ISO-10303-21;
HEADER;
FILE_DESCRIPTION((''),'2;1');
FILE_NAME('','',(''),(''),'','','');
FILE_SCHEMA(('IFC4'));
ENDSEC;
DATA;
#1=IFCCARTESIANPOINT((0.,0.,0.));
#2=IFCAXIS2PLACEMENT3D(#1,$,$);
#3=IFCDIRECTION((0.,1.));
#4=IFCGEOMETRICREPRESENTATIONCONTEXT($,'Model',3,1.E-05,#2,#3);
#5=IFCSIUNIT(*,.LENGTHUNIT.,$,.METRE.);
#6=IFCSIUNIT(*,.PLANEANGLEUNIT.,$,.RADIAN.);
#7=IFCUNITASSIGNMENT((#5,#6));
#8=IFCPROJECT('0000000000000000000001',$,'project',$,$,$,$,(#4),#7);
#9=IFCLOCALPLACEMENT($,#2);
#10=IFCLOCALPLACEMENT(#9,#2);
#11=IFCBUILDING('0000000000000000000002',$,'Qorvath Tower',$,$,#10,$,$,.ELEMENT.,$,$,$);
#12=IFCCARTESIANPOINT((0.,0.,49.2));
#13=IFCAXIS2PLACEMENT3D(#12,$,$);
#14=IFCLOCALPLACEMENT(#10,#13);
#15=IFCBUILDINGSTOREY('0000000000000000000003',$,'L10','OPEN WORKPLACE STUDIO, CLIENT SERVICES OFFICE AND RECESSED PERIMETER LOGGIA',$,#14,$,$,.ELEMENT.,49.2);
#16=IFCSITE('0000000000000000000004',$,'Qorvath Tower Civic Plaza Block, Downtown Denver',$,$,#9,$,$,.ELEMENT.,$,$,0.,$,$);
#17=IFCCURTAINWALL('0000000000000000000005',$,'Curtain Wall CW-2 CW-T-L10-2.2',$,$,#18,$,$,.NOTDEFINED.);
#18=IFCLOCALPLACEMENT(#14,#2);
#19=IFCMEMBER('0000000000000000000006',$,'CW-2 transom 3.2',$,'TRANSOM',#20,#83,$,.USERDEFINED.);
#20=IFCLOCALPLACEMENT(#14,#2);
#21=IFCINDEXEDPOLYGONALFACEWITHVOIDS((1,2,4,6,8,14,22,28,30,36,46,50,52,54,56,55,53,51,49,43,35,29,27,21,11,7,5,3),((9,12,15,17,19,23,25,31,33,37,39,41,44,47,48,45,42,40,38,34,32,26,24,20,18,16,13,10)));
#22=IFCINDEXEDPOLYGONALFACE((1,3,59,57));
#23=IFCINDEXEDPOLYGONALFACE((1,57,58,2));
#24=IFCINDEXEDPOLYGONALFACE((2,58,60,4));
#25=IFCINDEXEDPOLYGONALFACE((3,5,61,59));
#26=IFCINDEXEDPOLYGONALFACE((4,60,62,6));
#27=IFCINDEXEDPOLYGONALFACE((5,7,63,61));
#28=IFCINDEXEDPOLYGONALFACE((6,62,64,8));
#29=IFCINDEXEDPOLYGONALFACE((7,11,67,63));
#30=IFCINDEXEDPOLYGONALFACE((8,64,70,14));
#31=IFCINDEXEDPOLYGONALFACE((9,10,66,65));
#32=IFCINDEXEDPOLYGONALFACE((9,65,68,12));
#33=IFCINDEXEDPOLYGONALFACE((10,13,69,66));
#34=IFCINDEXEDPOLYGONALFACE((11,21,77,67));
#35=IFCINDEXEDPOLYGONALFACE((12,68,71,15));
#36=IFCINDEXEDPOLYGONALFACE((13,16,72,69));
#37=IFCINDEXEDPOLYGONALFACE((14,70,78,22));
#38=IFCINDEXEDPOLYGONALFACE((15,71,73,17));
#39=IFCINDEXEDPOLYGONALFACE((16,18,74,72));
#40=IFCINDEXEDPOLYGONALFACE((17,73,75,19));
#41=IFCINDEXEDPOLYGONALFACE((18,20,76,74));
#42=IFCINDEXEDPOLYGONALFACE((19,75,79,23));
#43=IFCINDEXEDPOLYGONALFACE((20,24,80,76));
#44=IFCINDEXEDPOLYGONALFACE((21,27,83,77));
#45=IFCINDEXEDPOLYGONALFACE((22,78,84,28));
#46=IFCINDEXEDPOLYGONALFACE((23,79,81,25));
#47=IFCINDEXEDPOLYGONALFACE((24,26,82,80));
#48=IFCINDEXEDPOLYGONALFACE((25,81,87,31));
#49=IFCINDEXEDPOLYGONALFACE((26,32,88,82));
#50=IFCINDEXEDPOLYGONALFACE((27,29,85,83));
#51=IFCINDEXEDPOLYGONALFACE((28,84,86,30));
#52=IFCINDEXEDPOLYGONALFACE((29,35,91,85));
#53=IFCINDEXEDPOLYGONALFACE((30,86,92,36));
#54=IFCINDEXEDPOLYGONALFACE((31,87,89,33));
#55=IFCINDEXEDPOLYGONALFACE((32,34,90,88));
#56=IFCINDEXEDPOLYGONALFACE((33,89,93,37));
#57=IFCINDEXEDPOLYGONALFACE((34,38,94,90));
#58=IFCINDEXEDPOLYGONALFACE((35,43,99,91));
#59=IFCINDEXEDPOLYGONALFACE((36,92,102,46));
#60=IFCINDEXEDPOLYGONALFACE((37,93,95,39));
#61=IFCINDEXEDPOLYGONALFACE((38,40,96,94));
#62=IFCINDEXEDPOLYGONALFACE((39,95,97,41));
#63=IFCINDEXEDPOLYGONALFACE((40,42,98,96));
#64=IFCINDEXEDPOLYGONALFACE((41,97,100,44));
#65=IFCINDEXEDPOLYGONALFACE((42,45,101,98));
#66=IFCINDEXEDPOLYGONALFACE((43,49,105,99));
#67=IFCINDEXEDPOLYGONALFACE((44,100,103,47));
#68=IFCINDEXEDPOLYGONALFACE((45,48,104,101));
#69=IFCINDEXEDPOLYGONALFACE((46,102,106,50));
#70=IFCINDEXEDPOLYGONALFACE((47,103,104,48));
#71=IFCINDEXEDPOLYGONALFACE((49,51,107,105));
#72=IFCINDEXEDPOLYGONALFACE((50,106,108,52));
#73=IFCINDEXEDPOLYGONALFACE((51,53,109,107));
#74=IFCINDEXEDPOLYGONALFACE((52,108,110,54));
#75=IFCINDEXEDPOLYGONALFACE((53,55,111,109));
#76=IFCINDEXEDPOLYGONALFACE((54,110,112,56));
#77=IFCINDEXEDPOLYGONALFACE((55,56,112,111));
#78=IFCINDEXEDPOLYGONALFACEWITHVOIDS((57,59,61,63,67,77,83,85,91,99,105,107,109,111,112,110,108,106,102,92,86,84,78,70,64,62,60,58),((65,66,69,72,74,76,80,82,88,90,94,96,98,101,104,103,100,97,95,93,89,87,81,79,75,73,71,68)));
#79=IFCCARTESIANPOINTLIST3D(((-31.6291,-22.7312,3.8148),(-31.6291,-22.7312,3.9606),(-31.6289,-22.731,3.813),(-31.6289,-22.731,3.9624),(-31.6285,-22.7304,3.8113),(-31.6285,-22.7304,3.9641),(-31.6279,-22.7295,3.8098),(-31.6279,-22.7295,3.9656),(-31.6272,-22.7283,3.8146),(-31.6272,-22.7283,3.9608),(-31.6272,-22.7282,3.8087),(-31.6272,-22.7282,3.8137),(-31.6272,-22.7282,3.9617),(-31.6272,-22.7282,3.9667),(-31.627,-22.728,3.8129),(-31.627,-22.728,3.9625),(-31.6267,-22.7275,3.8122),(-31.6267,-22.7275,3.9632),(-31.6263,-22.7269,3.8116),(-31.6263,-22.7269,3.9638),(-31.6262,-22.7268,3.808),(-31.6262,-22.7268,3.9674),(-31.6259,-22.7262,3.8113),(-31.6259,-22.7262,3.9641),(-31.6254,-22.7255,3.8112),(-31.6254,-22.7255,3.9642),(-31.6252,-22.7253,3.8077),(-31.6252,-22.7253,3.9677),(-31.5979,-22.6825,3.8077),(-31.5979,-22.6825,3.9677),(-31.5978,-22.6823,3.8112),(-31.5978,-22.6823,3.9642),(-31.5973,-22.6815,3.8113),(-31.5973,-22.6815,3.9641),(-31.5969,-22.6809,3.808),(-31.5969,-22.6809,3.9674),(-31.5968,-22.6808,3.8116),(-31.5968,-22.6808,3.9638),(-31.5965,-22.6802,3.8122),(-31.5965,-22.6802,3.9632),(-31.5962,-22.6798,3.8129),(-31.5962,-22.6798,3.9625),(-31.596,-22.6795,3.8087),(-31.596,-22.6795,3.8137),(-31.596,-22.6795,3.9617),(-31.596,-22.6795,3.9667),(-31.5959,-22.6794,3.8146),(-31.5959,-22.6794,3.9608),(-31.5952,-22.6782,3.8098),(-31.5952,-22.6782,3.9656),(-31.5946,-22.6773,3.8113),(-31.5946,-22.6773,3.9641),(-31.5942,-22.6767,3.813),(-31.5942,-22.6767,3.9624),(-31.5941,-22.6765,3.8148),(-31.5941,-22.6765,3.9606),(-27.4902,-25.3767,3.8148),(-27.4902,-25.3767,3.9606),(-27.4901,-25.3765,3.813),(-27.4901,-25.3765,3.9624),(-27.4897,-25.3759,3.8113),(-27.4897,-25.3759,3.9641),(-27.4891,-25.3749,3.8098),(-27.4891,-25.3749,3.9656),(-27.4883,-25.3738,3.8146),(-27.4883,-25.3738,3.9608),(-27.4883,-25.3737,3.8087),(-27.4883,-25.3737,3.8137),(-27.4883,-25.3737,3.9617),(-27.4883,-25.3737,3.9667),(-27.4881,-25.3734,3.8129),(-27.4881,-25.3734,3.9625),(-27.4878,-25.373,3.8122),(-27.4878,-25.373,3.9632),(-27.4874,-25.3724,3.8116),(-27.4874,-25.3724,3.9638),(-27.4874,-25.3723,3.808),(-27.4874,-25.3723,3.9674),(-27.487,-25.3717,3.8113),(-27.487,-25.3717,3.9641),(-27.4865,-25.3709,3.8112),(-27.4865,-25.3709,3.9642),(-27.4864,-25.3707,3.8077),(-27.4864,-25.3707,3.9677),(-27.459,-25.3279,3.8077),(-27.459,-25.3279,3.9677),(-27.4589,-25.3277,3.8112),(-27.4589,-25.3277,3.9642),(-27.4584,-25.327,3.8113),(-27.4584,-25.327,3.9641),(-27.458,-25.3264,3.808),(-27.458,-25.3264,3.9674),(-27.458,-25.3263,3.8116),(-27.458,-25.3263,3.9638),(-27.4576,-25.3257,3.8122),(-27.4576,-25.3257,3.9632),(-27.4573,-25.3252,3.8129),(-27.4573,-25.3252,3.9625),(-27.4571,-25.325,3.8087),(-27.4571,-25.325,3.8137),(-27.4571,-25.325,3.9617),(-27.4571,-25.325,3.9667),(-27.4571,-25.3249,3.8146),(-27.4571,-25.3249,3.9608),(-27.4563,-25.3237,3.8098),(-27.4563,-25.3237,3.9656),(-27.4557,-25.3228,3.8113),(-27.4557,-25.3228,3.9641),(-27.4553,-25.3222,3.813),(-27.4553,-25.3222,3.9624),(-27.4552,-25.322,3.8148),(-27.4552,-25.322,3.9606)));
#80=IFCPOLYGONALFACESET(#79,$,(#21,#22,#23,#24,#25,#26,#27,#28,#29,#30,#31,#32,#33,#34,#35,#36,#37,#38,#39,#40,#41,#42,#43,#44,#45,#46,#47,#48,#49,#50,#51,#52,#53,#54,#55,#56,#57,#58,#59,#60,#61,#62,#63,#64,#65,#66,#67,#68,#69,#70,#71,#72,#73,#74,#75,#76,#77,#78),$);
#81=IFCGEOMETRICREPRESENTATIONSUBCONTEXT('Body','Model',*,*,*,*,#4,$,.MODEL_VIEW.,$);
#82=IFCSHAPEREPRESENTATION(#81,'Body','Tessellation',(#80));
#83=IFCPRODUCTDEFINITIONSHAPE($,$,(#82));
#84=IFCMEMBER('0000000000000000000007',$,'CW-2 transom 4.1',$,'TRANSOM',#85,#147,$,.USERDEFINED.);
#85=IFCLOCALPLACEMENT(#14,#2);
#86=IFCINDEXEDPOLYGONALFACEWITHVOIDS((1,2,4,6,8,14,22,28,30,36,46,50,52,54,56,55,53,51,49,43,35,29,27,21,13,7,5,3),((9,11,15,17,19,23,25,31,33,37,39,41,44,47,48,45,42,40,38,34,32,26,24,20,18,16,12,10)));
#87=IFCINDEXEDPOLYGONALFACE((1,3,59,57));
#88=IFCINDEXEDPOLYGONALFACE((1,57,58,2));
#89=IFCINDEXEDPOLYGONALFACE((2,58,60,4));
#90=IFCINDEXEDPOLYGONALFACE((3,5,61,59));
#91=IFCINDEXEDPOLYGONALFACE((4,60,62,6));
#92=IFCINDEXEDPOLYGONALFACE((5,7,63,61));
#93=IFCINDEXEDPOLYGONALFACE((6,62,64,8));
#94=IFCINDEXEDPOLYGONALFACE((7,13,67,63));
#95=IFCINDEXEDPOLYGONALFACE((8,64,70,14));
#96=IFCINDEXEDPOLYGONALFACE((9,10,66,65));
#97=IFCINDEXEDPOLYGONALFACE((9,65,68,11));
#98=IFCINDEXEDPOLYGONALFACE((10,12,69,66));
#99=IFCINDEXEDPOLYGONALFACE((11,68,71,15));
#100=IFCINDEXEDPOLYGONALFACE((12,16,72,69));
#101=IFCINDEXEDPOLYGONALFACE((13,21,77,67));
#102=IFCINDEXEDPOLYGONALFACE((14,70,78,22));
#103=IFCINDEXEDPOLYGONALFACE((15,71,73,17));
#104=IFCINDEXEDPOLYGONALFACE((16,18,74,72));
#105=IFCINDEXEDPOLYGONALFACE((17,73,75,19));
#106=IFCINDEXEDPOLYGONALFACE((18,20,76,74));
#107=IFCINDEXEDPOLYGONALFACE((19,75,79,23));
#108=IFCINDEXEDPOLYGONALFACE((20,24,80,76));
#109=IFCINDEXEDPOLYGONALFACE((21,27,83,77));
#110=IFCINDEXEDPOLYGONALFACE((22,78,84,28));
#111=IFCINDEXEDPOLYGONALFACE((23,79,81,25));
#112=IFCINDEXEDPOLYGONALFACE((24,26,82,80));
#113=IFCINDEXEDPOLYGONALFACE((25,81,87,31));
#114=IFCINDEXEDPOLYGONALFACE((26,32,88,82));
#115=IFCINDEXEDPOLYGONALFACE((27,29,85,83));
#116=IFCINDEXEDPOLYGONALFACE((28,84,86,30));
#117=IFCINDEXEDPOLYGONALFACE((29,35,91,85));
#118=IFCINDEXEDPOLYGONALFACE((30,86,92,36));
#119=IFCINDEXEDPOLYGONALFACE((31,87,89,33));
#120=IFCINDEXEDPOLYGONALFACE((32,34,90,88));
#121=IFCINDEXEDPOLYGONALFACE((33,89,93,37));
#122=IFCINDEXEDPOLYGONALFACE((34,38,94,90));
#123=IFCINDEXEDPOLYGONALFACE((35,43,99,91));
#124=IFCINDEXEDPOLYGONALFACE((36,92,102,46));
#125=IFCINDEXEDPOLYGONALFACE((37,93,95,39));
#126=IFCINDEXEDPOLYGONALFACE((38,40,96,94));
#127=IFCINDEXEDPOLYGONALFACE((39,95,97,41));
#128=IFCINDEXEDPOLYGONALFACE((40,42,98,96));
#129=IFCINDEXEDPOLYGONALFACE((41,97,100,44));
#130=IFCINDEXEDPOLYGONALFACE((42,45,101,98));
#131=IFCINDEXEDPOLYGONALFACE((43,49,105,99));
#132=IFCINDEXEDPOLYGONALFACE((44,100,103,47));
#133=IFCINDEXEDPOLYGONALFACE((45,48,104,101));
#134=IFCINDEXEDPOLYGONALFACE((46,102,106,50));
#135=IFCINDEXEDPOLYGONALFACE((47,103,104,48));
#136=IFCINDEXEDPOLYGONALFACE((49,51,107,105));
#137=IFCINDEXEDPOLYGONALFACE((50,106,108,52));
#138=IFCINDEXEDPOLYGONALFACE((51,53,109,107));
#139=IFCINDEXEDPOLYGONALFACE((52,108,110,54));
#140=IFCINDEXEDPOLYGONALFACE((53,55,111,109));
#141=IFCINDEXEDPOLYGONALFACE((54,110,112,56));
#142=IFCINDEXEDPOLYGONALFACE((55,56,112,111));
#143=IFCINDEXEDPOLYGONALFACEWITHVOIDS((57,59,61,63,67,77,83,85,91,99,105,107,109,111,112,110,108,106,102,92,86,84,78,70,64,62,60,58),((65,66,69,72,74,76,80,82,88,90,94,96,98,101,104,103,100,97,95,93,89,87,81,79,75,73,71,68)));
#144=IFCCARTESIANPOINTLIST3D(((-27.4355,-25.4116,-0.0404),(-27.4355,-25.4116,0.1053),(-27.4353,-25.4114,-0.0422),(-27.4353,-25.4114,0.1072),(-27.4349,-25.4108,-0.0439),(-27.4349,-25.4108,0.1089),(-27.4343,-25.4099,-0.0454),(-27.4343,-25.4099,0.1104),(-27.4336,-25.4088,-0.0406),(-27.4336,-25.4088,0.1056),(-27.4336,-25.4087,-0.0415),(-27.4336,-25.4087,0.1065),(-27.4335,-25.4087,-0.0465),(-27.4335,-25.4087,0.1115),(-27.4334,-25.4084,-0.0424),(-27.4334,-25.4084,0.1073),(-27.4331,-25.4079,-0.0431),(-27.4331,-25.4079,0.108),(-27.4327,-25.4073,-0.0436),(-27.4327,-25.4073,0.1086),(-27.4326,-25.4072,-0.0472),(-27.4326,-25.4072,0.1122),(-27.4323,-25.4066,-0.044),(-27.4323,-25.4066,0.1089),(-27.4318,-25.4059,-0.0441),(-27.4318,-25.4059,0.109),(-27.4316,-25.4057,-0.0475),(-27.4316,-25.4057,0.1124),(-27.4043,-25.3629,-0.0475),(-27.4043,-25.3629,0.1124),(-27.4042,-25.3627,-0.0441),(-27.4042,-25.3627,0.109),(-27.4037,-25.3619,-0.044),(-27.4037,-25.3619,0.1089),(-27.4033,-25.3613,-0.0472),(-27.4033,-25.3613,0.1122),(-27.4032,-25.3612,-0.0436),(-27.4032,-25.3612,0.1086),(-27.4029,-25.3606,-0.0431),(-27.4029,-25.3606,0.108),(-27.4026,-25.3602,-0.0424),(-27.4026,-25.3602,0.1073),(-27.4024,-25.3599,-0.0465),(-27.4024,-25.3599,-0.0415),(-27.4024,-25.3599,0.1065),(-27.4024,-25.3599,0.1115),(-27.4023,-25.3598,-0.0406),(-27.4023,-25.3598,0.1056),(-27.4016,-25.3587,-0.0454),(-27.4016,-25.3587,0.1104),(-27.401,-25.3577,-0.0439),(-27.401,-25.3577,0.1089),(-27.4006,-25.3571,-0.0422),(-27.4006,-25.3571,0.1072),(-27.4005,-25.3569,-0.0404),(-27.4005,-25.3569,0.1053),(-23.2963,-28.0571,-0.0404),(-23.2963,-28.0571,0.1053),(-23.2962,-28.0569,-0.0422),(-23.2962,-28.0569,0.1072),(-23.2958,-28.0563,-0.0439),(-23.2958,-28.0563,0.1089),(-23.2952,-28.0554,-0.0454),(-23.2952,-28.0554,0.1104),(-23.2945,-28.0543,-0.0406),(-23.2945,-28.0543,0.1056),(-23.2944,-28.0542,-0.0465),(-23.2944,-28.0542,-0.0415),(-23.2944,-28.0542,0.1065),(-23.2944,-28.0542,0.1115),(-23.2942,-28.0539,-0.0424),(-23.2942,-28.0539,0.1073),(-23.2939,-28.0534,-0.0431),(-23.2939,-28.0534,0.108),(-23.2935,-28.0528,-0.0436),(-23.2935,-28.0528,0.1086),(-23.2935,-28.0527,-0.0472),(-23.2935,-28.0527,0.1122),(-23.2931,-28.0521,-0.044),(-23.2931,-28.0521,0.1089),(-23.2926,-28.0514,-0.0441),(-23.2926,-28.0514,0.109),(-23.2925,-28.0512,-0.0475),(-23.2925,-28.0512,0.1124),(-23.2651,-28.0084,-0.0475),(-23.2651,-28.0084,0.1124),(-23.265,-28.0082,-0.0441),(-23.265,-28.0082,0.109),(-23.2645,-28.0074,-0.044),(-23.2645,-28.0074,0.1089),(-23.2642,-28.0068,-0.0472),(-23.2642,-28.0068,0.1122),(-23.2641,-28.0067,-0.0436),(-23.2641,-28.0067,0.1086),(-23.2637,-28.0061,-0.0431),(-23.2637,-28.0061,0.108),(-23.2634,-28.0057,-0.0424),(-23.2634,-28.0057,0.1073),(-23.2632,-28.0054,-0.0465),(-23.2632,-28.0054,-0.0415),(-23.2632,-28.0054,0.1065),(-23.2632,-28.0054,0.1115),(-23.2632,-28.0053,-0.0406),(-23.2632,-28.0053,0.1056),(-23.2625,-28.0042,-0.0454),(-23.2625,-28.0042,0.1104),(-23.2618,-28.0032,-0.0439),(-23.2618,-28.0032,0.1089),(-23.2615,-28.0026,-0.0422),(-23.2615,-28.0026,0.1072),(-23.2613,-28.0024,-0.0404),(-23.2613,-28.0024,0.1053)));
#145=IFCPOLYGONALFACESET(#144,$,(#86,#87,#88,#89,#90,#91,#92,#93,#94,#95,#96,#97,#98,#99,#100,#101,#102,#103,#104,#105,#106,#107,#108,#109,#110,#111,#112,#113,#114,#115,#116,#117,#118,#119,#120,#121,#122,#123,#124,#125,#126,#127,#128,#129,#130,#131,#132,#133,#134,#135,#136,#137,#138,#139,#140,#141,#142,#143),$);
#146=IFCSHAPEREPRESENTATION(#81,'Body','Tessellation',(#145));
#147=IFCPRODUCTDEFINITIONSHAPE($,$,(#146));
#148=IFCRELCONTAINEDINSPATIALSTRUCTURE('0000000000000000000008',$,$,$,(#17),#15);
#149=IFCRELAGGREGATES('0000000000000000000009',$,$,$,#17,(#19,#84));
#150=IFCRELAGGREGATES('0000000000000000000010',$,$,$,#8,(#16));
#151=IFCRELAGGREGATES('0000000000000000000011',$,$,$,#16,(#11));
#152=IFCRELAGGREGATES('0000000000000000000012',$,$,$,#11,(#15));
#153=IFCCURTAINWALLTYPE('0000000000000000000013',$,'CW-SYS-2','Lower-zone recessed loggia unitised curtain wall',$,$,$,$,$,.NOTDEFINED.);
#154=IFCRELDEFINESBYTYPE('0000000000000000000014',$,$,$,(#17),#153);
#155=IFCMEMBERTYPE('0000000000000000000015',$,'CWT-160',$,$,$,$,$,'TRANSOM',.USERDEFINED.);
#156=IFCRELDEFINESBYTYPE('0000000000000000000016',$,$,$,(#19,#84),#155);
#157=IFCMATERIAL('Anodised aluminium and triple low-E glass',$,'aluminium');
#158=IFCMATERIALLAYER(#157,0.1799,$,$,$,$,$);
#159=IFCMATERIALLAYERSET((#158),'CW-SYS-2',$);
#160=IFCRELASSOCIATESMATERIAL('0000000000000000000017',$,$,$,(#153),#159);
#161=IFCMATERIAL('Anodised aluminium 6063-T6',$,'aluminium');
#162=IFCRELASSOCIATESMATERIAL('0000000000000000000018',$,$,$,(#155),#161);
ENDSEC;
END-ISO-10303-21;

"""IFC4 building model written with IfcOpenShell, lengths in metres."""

from ifc_helpers import new_model, si_unit, direction, frame, origin, origin_2d, place, context, subcontext, project, spatial, hollow_rectangle, extrude, material, layer, layer_set, material_profile, profile_set, type_object, element, aggregate, save


model = new_model("IFC4")

# Units and contexts
model_context = context("Model", 3, precision=1e-05, world=origin(), true_north=direction((0.0, 1.0)))
body_context = subcontext(model_context, "Body", "Model", "MODEL_VIEW")
ifc_project = project(units=[si_unit("LENGTHUNIT", "METRE"), si_unit("PLANEANGLEUNIT", "RADIAN")], contexts=[model_context])

# Site, building, storey
site_placement = place(None, origin())
site = spatial("IfcSite", under=ifc_project, at=site_placement, Name="Qorvath Tower Civic Plaza Block, Downtown Denver", CompositionType="ELEMENT", RefElevation=0.0)
building_placement = place(site_placement, origin())
building = spatial("IfcBuilding", under=site, at=building_placement, Name="Qorvath Tower", CompositionType="ELEMENT")
storey_placement = place(building_placement, frame((0.0, 0.0, 49.2)))
storey = spatial("IfcBuildingStorey", under=building, at=storey_placement, Name="L10", Description="OPEN WORKPLACE STUDIO, CLIENT SERVICES OFFICE AND RECESSED PERIMETER LOGGIA", CompositionType="ELEMENT", Elevation=49.2)

# Curtain wall, members
ifc_material_1 = material(Name="Anodised aluminium and triple low-E glass", Category="aluminium")
ifc_layer_1 = layer(ifc_material_1, 0.1799)
ifc_layer_set_1 = layer_set([ifc_layer_1], Name="CW-SYS-2")
curtain_wall_type = type_object("IfcCurtainWallType", Name="CW-SYS-2", Description="Lower-zone recessed loggia unitised curtain wall", PredefinedType="NOTDEFINED", material=ifc_layer_set_1)
curtain_wall_placement = place(storey_placement, origin())
curtain_wall = element("IfcCurtainWall", 1, at=curtain_wall_placement, inside=storey, type_object=curtain_wall_type, Name="Curtain Wall CW-2 CW-T-L10-2.2", PredefinedType="NOTDEFINED")
ifc_material_2 = material(Name="Anodised aluminium 6063-T6", Category="aluminium")
ifc_material_profile_1 = material_profile(ifc_material_2, hollow_rectangle(XDim=0.0649, YDim=0.1599, WallThickness=0.0034, InnerFilletRadius=0.0034, OuterFilletRadius=0.0071, at=origin_2d()), Name="CWT 160x65")
ifc_profile_set_1 = profile_set([ifc_material_profile_1], Name="Anodised aluminium 6063-T6")
member_type_1 = type_object("IfcMemberType", Name="CWT-160", ElementType="TRANSOM", PredefinedType="USERDEFINED", material=ifc_profile_set_1)
member_1_placement = place(storey_placement, frame((-31.6116, -22.7039, 3.8877), z_axis=(0.842585, -0.538563, 0.0), x_axis=(0.538563, 0.842585, 0.0)))
member_1 = element("IfcMember", 2, at=member_1_placement, type_object=member_type_1, Name="CW-2 transom 3.2", ObjectType="TRANSOM", PredefinedType="USERDEFINED", context=body_context, shape_type="SweptSolid", body=[
    extrude(hollow_rectangle(XDim=0.0649, YDim=0.1599, WallThickness=0.0034, InnerFilletRadius=0.0034, OuterFilletRadius=0.0071, at=origin_2d()), origin(), (0.0, 0.0, 1.0), 4.9121),
])
member_2_placement = place(storey_placement, frame((-27.418, -25.3843, 0.0325), z_axis=(0.8426, -0.53854, 0.0), x_axis=(0.53854, 0.8426, 0.0)))
member_2 = element("IfcMember", 3, at=member_2_placement, type_object=member_type_1, Name="CW-2 transom 4.1", ObjectType="TRANSOM", PredefinedType="USERDEFINED", context=body_context, shape_type="SweptSolid", body=[
    extrude(hollow_rectangle(XDim=0.0649, YDim=0.1599, WallThickness=0.0034, InnerFilletRadius=0.0034, OuterFilletRadius=0.0071, at=origin_2d()), origin(), (0.0, 0.0, 1.0), 4.9124),
])
aggregate(curtain_wall, [member_1, member_2])

save(model, "model.ifc")
